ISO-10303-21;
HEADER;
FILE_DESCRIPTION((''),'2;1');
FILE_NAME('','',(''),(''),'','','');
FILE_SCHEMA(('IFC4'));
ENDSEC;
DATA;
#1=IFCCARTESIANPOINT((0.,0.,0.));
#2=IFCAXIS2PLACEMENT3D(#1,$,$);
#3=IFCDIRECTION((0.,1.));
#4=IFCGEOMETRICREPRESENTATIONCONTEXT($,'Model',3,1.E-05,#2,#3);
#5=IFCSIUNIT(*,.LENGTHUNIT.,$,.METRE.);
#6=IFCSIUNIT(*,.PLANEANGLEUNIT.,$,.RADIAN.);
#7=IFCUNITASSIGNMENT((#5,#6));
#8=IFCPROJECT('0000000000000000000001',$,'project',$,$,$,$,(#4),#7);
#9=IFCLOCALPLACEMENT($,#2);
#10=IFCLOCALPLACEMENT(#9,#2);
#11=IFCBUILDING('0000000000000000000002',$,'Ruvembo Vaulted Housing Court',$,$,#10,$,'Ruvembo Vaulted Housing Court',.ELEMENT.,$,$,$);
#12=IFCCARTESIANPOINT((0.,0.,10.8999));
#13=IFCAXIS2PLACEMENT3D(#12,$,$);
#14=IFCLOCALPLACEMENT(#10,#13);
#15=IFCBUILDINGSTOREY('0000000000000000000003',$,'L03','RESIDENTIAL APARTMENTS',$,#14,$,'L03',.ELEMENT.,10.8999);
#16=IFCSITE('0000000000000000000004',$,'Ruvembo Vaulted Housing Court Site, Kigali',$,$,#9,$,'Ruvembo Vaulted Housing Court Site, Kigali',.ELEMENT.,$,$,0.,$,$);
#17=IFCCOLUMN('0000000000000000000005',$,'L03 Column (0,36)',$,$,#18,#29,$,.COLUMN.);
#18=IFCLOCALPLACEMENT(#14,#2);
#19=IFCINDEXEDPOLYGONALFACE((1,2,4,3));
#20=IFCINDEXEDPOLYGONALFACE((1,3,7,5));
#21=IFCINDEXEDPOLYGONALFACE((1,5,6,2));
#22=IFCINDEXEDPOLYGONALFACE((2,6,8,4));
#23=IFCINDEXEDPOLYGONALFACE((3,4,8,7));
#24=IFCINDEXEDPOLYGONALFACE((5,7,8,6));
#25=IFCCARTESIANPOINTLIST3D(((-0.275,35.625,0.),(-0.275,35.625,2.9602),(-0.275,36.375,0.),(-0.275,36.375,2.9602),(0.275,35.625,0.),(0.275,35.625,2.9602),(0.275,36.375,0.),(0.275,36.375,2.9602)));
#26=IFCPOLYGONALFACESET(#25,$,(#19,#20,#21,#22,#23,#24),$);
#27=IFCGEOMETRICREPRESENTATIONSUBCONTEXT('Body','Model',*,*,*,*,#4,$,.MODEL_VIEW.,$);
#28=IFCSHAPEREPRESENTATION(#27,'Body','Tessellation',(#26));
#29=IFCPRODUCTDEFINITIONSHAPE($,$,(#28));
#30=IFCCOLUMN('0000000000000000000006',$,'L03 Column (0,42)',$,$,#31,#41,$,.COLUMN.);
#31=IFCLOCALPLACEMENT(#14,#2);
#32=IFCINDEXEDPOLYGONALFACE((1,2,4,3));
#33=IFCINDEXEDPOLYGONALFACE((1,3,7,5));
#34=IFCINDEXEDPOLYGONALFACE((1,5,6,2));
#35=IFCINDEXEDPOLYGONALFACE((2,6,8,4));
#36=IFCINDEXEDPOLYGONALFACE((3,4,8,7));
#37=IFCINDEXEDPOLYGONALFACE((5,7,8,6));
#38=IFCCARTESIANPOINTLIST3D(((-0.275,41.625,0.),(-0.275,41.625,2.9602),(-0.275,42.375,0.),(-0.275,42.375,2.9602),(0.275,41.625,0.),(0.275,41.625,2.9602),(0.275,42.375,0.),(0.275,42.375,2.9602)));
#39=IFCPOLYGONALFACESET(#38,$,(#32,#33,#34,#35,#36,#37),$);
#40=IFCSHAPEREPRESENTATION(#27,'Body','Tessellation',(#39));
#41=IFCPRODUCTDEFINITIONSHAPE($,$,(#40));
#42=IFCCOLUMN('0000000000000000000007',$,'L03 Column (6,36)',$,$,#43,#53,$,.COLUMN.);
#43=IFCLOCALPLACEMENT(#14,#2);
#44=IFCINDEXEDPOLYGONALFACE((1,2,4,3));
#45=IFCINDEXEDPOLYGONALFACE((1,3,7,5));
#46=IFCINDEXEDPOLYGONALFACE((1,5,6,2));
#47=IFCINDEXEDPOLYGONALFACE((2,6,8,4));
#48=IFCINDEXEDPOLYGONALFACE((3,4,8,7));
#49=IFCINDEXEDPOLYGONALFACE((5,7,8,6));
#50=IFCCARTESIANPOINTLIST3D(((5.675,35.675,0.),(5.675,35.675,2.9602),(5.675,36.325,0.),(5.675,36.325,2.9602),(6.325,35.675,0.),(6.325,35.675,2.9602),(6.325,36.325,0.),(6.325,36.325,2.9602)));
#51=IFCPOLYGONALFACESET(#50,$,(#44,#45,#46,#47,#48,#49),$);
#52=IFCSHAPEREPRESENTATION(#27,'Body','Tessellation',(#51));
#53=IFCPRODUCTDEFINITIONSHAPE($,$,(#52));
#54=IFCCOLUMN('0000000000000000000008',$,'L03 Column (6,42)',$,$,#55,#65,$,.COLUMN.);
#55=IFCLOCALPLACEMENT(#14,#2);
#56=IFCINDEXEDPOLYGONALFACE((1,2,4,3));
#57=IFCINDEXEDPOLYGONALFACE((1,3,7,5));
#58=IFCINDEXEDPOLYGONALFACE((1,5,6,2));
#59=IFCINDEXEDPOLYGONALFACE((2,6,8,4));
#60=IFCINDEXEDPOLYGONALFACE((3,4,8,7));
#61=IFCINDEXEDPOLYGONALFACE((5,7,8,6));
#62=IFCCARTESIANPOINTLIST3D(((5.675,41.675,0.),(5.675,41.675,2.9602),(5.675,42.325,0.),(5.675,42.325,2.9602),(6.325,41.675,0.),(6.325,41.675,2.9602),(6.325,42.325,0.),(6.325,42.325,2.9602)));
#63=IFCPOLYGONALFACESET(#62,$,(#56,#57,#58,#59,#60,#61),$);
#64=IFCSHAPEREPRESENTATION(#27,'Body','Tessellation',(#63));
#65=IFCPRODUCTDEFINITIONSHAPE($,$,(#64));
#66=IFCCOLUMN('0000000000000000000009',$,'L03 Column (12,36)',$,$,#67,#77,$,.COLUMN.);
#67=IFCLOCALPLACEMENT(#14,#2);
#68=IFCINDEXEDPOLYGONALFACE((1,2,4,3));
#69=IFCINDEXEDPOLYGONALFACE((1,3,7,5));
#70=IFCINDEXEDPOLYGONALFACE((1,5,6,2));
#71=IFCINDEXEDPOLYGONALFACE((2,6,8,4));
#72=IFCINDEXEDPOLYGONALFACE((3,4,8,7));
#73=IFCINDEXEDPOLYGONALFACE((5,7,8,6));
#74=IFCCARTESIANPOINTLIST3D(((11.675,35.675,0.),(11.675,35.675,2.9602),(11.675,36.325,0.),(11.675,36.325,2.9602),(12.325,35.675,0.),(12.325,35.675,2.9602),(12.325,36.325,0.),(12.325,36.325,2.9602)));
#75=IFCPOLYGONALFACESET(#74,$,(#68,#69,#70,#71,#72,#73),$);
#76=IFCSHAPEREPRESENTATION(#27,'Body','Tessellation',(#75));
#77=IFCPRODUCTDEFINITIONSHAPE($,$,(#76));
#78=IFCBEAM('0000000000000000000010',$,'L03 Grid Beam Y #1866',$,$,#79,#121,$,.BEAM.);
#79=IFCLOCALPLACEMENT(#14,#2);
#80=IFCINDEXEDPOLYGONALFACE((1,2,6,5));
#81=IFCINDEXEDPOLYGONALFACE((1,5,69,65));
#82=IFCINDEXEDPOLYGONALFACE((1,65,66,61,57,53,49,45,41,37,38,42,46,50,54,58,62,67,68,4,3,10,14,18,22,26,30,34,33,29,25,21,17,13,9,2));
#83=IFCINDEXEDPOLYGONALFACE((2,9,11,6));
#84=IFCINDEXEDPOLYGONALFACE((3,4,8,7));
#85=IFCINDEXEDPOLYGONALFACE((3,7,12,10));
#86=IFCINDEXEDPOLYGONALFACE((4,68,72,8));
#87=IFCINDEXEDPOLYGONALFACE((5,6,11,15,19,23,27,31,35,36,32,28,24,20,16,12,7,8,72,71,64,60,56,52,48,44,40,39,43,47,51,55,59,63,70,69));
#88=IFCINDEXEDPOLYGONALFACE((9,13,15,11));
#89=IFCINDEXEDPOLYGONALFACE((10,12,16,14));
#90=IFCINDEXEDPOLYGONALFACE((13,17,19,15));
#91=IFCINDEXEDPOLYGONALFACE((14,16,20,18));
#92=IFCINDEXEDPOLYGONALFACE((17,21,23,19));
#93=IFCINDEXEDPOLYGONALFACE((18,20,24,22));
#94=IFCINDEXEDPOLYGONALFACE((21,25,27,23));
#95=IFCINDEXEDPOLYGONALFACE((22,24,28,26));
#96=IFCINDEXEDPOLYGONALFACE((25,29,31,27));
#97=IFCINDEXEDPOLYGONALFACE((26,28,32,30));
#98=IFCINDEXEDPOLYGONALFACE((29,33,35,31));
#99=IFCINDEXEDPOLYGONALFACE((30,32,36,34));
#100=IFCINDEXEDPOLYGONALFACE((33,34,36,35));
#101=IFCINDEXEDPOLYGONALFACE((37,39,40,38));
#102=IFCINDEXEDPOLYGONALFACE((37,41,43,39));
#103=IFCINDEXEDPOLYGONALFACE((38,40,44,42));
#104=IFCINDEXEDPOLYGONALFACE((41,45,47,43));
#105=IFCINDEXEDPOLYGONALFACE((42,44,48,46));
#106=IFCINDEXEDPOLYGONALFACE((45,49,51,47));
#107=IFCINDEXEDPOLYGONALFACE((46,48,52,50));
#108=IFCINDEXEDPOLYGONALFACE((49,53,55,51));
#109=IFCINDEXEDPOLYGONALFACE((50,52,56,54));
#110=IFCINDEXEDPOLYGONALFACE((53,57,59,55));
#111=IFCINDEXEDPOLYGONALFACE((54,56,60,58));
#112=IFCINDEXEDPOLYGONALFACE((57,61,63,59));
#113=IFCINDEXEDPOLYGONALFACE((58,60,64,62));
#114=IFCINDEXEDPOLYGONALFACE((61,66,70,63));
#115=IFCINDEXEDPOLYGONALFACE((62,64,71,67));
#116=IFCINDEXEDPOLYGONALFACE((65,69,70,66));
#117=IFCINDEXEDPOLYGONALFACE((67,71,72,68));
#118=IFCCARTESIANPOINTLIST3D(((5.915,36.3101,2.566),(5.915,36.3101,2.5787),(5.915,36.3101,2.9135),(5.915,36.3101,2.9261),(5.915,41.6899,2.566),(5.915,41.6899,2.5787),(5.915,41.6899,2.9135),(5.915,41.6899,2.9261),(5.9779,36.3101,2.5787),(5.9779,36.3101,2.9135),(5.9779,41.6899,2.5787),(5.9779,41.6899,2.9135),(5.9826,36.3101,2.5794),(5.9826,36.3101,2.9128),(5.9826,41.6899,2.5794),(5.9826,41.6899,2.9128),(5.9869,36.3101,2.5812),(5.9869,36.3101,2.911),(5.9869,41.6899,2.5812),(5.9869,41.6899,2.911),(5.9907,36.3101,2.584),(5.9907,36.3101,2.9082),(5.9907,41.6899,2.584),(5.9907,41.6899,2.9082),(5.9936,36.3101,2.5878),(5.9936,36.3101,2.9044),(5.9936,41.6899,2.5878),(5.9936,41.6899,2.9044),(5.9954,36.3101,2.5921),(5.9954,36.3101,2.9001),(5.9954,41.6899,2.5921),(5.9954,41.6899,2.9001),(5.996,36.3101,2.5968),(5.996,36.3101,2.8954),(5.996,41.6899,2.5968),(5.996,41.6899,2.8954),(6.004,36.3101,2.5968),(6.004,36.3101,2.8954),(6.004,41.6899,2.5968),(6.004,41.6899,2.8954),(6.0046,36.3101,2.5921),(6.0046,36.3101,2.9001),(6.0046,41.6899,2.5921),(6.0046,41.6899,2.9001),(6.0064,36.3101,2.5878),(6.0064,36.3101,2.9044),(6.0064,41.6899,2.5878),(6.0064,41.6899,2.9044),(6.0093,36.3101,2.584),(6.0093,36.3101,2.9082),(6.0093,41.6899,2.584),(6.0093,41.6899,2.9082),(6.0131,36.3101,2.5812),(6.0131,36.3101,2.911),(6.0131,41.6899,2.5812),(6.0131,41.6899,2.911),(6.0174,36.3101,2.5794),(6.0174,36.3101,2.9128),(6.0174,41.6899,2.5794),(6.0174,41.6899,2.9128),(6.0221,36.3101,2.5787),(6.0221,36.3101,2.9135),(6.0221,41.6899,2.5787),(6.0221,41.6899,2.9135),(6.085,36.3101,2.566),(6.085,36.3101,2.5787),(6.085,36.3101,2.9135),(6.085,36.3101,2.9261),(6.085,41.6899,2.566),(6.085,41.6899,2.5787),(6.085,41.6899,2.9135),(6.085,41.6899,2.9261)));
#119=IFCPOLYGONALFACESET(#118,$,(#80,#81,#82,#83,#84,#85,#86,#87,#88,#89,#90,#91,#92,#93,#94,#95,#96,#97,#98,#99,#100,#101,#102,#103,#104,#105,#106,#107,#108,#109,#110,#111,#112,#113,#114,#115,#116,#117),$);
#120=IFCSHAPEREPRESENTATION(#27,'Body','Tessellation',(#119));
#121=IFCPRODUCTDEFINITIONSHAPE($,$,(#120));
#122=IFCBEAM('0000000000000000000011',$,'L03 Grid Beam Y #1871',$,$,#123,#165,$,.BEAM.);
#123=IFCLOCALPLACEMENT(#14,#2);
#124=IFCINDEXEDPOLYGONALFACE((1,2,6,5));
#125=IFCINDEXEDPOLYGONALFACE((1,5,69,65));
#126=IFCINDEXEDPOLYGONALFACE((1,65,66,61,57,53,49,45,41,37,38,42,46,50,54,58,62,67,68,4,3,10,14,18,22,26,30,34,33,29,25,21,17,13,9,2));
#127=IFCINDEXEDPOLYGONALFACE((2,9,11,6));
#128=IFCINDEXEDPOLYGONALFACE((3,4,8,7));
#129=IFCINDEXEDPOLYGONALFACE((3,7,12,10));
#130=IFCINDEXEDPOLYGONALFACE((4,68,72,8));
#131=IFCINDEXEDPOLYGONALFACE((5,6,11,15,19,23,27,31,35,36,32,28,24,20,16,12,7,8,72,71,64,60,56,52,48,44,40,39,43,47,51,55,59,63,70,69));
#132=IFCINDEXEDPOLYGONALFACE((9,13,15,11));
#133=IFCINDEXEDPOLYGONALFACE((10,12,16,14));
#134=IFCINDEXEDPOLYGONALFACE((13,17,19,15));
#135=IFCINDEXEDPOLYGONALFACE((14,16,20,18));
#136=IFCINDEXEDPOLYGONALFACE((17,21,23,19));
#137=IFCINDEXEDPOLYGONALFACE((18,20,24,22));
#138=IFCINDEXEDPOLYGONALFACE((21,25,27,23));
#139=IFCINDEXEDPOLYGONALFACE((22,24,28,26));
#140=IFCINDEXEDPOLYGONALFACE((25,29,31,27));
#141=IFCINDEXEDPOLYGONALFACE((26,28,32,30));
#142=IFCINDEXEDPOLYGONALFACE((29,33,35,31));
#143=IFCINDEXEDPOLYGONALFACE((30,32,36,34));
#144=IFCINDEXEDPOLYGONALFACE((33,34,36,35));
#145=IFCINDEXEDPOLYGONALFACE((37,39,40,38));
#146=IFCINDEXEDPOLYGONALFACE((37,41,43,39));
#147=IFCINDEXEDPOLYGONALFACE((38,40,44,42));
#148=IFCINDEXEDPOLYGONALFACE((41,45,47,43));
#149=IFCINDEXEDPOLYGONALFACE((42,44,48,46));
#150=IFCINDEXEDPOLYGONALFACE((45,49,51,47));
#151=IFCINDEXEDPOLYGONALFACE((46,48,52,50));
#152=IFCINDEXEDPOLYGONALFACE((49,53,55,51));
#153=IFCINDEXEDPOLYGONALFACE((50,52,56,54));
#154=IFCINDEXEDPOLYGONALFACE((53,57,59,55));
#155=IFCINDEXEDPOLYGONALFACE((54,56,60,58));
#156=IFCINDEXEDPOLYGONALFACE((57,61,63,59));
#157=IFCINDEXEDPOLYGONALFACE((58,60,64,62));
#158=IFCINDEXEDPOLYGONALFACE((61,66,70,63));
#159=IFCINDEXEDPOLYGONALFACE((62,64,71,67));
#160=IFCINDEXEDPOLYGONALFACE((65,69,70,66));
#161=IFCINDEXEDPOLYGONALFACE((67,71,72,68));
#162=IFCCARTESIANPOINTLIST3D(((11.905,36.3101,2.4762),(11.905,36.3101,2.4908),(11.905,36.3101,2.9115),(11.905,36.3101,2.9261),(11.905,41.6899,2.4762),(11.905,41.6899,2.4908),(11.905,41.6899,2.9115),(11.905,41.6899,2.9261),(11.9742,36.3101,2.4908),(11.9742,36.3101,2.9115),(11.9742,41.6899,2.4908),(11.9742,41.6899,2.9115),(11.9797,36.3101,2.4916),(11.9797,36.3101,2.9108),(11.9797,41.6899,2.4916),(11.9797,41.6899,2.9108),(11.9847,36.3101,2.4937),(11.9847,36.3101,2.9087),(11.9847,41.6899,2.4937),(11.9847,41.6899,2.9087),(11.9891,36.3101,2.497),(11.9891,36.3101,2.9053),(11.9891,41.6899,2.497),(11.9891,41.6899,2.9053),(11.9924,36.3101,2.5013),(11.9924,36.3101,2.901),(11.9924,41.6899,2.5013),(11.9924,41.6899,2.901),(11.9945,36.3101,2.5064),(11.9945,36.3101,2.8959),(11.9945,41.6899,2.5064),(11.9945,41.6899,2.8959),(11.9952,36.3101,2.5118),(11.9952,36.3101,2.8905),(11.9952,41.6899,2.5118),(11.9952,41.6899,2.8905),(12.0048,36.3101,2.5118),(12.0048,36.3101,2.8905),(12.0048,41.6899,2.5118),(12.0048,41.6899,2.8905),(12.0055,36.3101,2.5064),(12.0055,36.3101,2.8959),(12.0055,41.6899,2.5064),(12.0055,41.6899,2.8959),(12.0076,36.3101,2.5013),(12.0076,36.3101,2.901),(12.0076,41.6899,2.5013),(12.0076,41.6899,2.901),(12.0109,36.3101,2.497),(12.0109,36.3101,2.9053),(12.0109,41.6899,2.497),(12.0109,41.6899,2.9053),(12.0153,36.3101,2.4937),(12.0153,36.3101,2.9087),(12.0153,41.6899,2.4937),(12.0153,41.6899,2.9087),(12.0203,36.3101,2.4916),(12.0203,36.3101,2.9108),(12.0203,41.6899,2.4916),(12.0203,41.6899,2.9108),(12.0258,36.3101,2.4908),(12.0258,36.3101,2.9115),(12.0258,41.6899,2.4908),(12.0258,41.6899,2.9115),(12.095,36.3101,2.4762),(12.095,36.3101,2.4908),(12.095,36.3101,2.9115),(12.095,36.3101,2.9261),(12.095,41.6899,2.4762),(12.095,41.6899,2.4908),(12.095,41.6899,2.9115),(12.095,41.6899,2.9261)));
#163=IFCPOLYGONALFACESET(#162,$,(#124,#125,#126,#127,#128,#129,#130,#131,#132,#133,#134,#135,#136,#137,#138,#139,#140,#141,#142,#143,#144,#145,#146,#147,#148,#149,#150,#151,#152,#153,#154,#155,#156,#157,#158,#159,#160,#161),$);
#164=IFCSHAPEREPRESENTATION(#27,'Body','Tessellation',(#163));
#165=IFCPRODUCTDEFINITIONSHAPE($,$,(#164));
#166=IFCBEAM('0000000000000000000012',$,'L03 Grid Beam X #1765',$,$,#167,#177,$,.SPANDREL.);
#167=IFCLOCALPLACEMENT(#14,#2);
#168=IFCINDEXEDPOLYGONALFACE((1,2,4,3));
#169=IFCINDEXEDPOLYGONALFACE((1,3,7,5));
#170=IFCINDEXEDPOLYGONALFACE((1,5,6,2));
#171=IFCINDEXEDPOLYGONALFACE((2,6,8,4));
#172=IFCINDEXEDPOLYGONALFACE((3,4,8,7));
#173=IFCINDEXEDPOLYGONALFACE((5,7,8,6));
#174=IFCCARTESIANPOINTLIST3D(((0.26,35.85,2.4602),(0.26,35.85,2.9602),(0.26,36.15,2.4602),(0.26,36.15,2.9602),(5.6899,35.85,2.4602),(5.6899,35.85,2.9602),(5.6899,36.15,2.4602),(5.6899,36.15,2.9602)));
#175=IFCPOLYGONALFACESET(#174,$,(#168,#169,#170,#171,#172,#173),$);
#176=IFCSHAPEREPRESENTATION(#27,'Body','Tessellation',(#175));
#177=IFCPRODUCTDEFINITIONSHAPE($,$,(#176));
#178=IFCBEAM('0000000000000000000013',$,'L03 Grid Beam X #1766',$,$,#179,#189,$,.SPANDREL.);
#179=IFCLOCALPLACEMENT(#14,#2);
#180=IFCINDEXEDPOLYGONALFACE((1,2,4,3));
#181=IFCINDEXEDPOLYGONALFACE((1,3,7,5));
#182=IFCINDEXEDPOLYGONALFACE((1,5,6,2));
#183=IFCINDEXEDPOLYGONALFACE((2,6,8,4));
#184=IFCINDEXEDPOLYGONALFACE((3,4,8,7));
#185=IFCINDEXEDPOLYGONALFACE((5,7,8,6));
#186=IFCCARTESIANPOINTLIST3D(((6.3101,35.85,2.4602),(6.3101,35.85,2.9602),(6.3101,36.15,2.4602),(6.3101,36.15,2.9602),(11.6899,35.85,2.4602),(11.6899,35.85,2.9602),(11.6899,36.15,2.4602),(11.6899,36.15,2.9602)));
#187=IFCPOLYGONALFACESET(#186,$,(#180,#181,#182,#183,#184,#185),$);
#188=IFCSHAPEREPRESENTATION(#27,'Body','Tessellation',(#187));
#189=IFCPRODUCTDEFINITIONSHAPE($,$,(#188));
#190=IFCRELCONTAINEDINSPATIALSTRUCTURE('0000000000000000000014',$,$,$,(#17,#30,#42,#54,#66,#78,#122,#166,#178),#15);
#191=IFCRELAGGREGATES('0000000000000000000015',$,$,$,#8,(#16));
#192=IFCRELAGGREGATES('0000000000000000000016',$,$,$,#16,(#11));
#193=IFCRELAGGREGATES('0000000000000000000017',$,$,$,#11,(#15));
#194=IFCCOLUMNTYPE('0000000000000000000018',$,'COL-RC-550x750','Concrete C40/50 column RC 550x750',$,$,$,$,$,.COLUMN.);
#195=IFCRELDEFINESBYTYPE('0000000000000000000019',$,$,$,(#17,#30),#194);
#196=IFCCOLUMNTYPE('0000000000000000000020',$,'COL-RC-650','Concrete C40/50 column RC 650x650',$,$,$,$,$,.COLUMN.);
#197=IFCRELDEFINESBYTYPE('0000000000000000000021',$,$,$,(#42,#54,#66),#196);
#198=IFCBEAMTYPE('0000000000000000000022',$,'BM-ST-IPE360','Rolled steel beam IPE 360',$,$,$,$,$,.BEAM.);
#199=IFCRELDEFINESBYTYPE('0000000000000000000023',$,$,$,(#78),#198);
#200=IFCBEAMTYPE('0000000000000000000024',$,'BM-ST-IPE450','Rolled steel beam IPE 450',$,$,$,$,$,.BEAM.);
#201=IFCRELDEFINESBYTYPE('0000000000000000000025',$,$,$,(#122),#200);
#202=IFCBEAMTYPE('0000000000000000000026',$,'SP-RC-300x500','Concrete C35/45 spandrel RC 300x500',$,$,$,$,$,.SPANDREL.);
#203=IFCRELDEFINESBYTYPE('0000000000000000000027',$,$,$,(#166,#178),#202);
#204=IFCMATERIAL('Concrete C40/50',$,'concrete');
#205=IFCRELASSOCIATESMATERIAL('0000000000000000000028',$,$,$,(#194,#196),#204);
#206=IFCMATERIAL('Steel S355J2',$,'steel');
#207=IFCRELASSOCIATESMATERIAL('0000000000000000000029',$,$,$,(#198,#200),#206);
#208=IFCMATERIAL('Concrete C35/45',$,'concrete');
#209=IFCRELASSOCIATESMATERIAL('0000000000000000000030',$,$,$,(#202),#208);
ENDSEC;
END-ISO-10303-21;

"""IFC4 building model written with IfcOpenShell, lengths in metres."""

from ifc_helpers import new_model, si_unit, direction, frame, origin, origin_2d, place, context, subcontext, project, spatial, rectangle, i_section, extrude, material, material_profile, profile_set, type_object, element, save


model = new_model("IFC4")

# Units and contexts
model_context = context("Model", 3, precision=1e-05, world=origin(), true_north=direction((0.0, 1.0)))
body_context = subcontext(model_context, "Body", "Model", "MODEL_VIEW")
ifc_project = project(units=[si_unit("LENGTHUNIT", "METRE"), si_unit("PLANEANGLEUNIT", "RADIAN")], contexts=[model_context])

# Site, building, storey
site_placement = place(None, origin())
site = spatial("IfcSite", under=ifc_project, at=site_placement, Name="Ruvembo Vaulted Housing Court Site, Kigali", LongName="Ruvembo Vaulted Housing Court Site, Kigali", CompositionType="ELEMENT", RefElevation=0.0)
building_placement = place(site_placement, origin())
building = spatial("IfcBuilding", under=site, at=building_placement, Name="Ruvembo Vaulted Housing Court", LongName="Ruvembo Vaulted Housing Court", CompositionType="ELEMENT")
storey_placement = place(building_placement, frame((0.0, 0.0, 10.8999)))
storey = spatial("IfcBuildingStorey", under=building, at=storey_placement, Name="L03", Description="RESIDENTIAL APARTMENTS", LongName="L03", CompositionType="ELEMENT", Elevation=10.8999)

# Columns
ifc_material_1 = material(Name="Concrete C40/50", Category="concrete")
ifc_material_profile_1 = material_profile(ifc_material_1, rectangle(XDim=0.55, YDim=0.75, at=origin_2d()), Name="RC 550x750")
ifc_profile_set_1 = profile_set([ifc_material_profile_1], Name="Concrete C40/50")
column_type_1 = type_object("IfcColumnType", Name="COL-RC-550x750", Description="Concrete C40/50 column RC 550x750", PredefinedType="COLUMN", material=ifc_profile_set_1)
for number, where, z_axis, x_axis, name in (
    (1, (0.0, 36.0, 0.0), (0.0, 0.0, 1.0), (1.0, 0.0, 0.0), "L03 Column (0,36)"),
    (2, (0.0, 42.0, 0.0), (0.0, 0.0, 1.0), (1.0, 0.0, 0.0), "L03 Column (0,42)"),
):
    element("IfcColumn", number, at=place(storey_placement, frame(where, z_axis=z_axis, x_axis=x_axis)), inside=storey, type_object=column_type_1, Name=name, PredefinedType="COLUMN", context=body_context, shape_type="SweptSolid", body=[
        extrude(rectangle(XDim=0.55, YDim=0.75, at=origin_2d()), origin(), (0.0, 0.0, 1.0), 2.9602),
    ])
ifc_material_profile_2 = material_profile(ifc_material_1, rectangle(XDim=0.6499, YDim=0.6499, at=origin_2d()), Name="RC 650x650")
ifc_profile_set_2 = profile_set([ifc_material_profile_2], Name="Concrete C40/50")
column_type_2 = type_object("IfcColumnType", Name="COL-RC-650", Description="Concrete C40/50 column RC 650x650", PredefinedType="COLUMN", material=ifc_profile_set_2)
for number, where, z_axis, x_axis, name in (
    (3, (6.0, 36.0, 0.0), (0.0, 0.0, 1.0), (1.0, 0.0, 0.0), "L03 Column (6,36)"),
    (4, (6.0, 42.0, 0.0), (0.0, 0.0, 1.0), (1.0, 0.0, 0.0), "L03 Column (6,42)"),
    (5, (12.0, 36.0, 0.0), (0.0, 0.0, 1.0), (1.0, 0.0, 0.0), "L03 Column (12,36)"),
):
    element("IfcColumn", number, at=place(storey_placement, frame(where, z_axis=z_axis, x_axis=x_axis)), inside=storey, type_object=column_type_2, Name=name, PredefinedType="COLUMN", context=body_context, shape_type="SweptSolid", body=[
        extrude(rectangle(XDim=0.6499, YDim=0.6499, at=origin_2d()), origin(), (0.0, 0.0, 1.0), 2.9602),
    ])

# Beams
ifc_material_2 = material(Name="Steel S355J2", Category="steel")
ifc_material_profile_3 = material_profile(ifc_material_2, i_section(OverallWidth=0.1699, OverallDepth=0.3601, WebThickness=0.0081, FlangeThickness=0.0127, FilletRadius=0.0181, at=origin_2d()), Name="IPE 360")
ifc_profile_set_3 = profile_set([ifc_material_profile_3], Name="Steel S355J2")
beam_type_1 = type_object("IfcBeamType", Name="BM-ST-IPE360", Description="Rolled steel beam IPE 360", PredefinedType="BEAM", material=ifc_profile_set_3)
beam_1_placement = place(storey_placement, frame((6.0, 36.3101, 2.7461), z_axis=(0.0, 1.0, 0.0), x_axis=(-1.0, 0.0, 0.0)))
element("IfcBeam", 6, at=beam_1_placement, inside=storey, type_object=beam_type_1, Name="L03 Grid Beam Y #1866", PredefinedType="BEAM", context=body_context, shape_type="SweptSolid", body=[
    extrude(i_section(OverallWidth=0.1699, OverallDepth=0.3601, WebThickness=0.0081, FlangeThickness=0.0127, FilletRadius=0.0181, at=origin_2d()), origin(), (0.0, 0.0, 1.0), 5.3799),
])
ifc_material_profile_4 = material_profile(ifc_material_2, i_section(OverallWidth=0.1899, OverallDepth=0.45, WebThickness=0.0095, FlangeThickness=0.0146, FilletRadius=0.021, at=origin_2d()), Name="IPE 450")
ifc_profile_set_4 = profile_set([ifc_material_profile_4], Name="Steel S355J2")
beam_type_2 = type_object("IfcBeamType", Name="BM-ST-IPE450", Description="Rolled steel beam IPE 450", PredefinedType="BEAM", material=ifc_profile_set_4)
beam_2_placement = place(storey_placement, frame((12.0, 36.3101, 2.7012), z_axis=(0.0, 1.0, 0.0), x_axis=(-1.0, 0.0, 0.0)))
element("IfcBeam", 7, at=beam_2_placement, inside=storey, type_object=beam_type_2, Name="L03 Grid Beam Y #1871", PredefinedType="BEAM", context=body_context, shape_type="SweptSolid", body=[
    extrude(i_section(OverallWidth=0.1899, OverallDepth=0.45, WebThickness=0.0095, FlangeThickness=0.0146, FilletRadius=0.021, at=origin_2d()), origin(), (0.0, 0.0, 1.0), 5.3799),
])
ifc_material_3 = material(Name="Concrete C35/45", Category="concrete")
ifc_material_profile_5 = material_profile(ifc_material_3, rectangle(XDim=0.3, YDim=0.5, at=origin_2d()), Name="RC 300x500")
ifc_profile_set_5 = profile_set([ifc_material_profile_5], Name="Concrete C35/45")
beam_type_3 = type_object("IfcBeamType", Name="SP-RC-300x500", Description="Concrete C35/45 spandrel RC 300x500", PredefinedType="SPANDREL", material=ifc_profile_set_5)
beam_3_placement = place(storey_placement, frame((0.26, 36.0, 2.7102), z_axis=(1.0, 0.0, 0.0), x_axis=(0.0, 1.0, 0.0)))
element("IfcBeam", 8, at=beam_3_placement, inside=storey, type_object=beam_type_3, Name="L03 Grid Beam X #1765", PredefinedType="SPANDREL", context=body_context, shape_type="SweptSolid", body=[
    extrude(rectangle(XDim=0.3, YDim=0.5, at=origin_2d()), origin(), (0.0, 0.0, 1.0), 5.4299),
])
beam_4_placement = place(storey_placement, frame((6.3101, 36.0, 2.7102), z_axis=(1.0, 0.0, 0.0), x_axis=(0.0, 1.0, 0.0)))
element("IfcBeam", 9, at=beam_4_placement, inside=storey, type_object=beam_type_3, Name="L03 Grid Beam X #1766", PredefinedType="SPANDREL", context=body_context, shape_type="SweptSolid", body=[
    extrude(rectangle(XDim=0.3, YDim=0.5, at=origin_2d()), origin(), (0.0, 0.0, 1.0), 5.3799),
])

save(model, "model.ifc")
